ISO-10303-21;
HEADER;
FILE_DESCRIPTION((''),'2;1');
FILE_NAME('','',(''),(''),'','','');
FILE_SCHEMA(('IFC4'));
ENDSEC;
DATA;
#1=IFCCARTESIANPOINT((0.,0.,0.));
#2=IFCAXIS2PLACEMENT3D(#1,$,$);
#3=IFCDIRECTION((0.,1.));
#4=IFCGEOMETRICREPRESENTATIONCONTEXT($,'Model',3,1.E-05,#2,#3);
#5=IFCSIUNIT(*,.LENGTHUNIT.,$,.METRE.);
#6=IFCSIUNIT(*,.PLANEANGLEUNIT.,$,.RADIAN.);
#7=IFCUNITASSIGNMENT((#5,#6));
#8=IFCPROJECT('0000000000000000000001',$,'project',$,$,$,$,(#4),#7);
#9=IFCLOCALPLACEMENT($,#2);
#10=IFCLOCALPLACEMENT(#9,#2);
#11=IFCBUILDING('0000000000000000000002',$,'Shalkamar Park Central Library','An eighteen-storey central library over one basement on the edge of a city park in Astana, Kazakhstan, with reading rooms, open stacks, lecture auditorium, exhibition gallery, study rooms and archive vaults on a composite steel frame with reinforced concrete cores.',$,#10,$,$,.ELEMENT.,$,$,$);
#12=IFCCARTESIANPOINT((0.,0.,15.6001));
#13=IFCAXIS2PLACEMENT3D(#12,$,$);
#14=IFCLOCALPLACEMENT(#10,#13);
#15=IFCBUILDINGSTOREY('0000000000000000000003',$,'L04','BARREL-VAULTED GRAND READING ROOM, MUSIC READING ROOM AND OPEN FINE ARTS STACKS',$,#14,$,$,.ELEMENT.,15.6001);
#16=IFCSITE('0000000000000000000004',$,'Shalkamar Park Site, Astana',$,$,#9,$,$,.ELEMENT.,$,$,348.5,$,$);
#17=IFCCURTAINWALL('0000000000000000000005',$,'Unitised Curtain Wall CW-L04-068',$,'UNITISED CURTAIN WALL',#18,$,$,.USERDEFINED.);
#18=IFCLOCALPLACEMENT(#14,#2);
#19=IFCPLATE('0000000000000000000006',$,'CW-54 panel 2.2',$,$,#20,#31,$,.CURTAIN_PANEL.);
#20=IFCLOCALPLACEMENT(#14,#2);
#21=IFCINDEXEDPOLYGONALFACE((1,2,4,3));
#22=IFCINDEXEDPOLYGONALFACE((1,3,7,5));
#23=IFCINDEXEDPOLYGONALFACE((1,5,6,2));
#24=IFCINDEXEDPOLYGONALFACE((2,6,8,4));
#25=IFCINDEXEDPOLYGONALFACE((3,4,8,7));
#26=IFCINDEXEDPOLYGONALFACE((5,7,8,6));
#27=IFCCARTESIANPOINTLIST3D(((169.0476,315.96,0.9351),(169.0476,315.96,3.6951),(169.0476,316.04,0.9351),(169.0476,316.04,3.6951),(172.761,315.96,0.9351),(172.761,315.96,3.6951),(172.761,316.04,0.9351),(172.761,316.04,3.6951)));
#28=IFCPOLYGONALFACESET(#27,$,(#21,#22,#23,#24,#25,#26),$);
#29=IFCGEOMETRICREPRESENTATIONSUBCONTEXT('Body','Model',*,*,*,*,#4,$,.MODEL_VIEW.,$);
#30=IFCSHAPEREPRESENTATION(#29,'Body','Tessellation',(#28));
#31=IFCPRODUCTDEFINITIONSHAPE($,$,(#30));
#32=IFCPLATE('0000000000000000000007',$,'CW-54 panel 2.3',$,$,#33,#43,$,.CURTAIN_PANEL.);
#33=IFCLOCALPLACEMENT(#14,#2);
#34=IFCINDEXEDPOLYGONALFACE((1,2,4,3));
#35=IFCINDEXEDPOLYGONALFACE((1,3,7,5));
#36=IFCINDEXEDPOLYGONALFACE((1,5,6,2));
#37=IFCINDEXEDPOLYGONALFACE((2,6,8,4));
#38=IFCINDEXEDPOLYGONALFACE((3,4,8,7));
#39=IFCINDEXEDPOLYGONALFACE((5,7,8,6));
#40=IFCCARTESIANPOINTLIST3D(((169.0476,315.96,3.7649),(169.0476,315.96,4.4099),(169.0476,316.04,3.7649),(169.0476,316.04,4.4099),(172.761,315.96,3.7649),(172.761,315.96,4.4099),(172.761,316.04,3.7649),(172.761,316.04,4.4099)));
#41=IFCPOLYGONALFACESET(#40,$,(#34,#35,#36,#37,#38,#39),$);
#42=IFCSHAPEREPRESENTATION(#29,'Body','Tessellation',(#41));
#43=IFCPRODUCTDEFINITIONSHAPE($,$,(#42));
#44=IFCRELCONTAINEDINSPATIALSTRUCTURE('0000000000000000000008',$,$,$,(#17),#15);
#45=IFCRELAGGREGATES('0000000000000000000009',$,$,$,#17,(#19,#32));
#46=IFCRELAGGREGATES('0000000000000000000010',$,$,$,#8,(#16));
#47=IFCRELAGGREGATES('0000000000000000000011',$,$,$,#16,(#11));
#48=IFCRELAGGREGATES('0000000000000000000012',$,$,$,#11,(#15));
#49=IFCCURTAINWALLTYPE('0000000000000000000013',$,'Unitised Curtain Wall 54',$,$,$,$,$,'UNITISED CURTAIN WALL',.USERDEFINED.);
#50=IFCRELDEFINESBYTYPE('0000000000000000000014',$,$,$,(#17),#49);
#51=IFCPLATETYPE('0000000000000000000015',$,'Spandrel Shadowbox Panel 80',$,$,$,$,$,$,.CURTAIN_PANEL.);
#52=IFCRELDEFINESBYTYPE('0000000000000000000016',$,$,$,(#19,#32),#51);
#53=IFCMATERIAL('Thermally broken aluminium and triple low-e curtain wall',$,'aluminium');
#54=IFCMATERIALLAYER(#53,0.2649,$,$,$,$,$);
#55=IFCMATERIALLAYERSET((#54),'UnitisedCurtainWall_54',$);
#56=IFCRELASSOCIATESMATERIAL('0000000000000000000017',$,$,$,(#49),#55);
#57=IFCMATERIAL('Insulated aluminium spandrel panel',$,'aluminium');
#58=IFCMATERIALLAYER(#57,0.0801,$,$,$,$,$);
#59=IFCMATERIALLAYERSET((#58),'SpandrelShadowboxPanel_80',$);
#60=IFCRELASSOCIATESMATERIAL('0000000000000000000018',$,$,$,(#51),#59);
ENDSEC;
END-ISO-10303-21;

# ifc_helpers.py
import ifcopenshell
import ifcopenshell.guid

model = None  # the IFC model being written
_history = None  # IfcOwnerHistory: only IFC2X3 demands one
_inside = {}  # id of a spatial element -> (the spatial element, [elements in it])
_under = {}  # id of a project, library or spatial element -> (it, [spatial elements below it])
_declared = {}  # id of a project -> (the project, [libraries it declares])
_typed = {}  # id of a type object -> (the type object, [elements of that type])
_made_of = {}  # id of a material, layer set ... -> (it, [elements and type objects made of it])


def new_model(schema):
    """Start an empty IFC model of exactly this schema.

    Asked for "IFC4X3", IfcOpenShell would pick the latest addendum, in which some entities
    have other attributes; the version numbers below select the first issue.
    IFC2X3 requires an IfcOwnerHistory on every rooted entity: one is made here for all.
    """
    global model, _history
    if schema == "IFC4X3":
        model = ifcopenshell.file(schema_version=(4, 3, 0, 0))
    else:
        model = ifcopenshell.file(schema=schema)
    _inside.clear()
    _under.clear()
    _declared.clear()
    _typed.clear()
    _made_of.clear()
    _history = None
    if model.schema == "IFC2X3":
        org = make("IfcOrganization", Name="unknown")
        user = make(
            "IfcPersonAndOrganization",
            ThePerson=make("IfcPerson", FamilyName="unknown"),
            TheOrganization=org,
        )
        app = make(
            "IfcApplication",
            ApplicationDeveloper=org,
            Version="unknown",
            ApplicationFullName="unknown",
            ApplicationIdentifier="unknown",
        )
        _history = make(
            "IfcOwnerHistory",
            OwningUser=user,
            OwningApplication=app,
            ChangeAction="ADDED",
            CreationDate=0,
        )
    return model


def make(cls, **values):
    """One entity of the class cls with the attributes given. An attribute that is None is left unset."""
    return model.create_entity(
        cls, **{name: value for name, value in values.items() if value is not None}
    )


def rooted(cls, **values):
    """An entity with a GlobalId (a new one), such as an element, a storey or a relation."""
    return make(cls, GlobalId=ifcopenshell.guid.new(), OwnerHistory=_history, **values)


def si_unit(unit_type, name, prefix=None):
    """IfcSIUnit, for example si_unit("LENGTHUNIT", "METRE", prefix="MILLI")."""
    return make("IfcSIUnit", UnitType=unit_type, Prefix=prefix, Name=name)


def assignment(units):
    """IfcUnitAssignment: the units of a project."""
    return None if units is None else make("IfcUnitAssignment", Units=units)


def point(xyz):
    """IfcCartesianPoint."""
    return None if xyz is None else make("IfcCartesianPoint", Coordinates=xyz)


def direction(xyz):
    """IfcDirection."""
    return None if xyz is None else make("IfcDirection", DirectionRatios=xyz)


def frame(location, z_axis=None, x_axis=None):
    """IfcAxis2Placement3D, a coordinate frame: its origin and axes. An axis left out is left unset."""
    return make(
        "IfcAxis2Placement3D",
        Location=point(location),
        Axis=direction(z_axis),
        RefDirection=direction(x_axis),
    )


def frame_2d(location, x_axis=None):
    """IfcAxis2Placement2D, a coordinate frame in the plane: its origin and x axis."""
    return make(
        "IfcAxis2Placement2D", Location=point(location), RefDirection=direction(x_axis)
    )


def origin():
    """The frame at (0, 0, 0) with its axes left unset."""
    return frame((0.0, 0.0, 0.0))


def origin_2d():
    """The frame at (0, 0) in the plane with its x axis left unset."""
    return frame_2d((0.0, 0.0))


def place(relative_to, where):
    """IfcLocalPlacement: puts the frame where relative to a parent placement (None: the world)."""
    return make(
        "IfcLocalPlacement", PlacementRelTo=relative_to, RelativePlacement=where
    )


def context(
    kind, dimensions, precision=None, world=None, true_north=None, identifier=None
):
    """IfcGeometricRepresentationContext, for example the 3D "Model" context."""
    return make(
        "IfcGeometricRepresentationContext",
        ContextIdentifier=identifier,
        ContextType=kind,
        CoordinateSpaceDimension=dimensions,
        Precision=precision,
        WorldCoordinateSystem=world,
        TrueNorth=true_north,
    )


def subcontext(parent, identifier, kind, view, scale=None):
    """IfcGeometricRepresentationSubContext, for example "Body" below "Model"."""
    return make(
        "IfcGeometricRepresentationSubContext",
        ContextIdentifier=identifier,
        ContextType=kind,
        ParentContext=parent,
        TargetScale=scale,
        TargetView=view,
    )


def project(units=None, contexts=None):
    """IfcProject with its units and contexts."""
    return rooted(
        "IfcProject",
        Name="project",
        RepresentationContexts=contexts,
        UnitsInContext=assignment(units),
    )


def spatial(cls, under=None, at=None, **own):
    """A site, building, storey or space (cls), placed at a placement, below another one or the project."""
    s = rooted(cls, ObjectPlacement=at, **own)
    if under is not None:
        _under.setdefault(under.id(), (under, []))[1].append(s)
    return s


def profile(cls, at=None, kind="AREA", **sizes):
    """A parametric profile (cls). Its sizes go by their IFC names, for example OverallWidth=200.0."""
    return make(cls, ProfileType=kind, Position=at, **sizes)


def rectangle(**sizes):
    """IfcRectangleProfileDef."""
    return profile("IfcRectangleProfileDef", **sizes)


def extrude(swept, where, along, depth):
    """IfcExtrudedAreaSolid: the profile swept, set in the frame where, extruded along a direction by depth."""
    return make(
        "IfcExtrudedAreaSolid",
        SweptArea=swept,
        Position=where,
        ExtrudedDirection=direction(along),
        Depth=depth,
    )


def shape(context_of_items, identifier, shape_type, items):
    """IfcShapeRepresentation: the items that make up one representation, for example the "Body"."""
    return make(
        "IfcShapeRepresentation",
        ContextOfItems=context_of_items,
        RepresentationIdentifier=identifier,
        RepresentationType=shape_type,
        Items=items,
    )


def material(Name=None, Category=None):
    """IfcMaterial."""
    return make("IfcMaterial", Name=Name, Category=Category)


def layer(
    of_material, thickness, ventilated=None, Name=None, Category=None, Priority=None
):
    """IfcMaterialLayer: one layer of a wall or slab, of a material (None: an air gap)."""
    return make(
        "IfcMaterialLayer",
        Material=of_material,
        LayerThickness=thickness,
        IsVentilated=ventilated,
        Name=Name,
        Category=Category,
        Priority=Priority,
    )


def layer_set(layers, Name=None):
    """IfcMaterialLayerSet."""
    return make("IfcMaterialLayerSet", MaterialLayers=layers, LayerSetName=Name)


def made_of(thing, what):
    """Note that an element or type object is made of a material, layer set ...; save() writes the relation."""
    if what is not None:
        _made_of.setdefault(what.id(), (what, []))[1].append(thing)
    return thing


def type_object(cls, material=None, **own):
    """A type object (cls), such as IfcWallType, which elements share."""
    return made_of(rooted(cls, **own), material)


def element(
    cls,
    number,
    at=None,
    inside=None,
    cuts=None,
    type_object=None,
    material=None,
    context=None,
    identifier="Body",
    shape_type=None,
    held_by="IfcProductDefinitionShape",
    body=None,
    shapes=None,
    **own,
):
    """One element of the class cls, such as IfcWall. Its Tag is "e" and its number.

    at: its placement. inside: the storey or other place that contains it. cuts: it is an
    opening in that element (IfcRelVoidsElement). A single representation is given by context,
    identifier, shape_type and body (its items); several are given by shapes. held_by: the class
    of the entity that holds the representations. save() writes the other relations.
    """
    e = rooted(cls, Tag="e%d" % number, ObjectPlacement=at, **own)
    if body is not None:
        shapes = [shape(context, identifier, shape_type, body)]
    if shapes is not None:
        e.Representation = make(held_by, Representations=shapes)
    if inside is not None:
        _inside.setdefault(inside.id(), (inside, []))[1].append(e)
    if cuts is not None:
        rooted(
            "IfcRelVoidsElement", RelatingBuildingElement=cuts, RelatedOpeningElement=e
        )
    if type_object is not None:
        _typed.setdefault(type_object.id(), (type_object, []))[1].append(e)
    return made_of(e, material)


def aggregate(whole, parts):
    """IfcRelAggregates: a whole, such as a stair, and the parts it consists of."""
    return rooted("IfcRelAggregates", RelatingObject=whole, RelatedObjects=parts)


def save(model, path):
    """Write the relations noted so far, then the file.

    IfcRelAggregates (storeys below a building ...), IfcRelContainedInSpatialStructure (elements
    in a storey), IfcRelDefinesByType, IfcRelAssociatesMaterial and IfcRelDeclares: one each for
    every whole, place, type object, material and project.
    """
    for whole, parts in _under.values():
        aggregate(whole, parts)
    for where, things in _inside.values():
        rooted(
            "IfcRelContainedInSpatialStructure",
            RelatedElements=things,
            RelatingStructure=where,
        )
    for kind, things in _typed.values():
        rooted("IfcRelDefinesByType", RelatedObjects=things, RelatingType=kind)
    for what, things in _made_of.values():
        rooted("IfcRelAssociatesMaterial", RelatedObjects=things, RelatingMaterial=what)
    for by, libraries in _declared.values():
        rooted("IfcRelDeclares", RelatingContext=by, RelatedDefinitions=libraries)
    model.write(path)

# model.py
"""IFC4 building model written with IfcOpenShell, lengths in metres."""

from ifc_helpers import new_model, si_unit, direction, frame, origin, origin_2d, place, context, subcontext, project, spatial, rectangle, extrude, material, layer, layer_set, type_object, element, aggregate, save


model = new_model("IFC4")

# Units and contexts
model_context = context("Model", 3, precision=1e-05, world=origin(), true_north=direction((0.0, 1.0)))
body_context = subcontext(model_context, "Body", "Model", "MODEL_VIEW")
ifc_project = project(units=[si_unit("LENGTHUNIT", "METRE"), si_unit("PLANEANGLEUNIT", "RADIAN")], contexts=[model_context])

# Site, building, storey
site_placement = place(None, origin())
site = spatial("IfcSite", under=ifc_project, at=site_placement, Name="Shalkamar Park Site, Astana", CompositionType="ELEMENT", RefElevation=348.5)
building_placement = place(site_placement, origin())
building = spatial("IfcBuilding", under=site, at=building_placement, Name="Shalkamar Park Central Library", Description="An eighteen-storey central library over one basement on the edge of a city park in Astana, Kazakhstan, with reading rooms, open stacks, lecture auditorium, exhibition gallery, study rooms and archive vaults on a composite steel frame with reinforced concrete cores.", CompositionType="ELEMENT")
storey_placement = place(building_placement, frame((0.0, 0.0, 15.6001)))
storey = spatial("IfcBuildingStorey", under=building, at=storey_placement, Name="L04", Description="BARREL-VAULTED GRAND READING ROOM, MUSIC READING ROOM AND OPEN FINE ARTS STACKS", CompositionType="ELEMENT", Elevation=15.6001)

# Curtain wall
ifc_material_1 = material(Name="Thermally broken aluminium and triple low-e curtain wall", Category="aluminium")
ifc_layer_1 = layer(ifc_material_1, 0.2649)
ifc_layer_set_1 = layer_set([ifc_layer_1], Name="UnitisedCurtainWall_54")
curtain_wall_type_1 = type_object("IfcCurtainWallType", Name="Unitised Curtain Wall 54", ElementType="UNITISED CURTAIN WALL", PredefinedType="USERDEFINED", material=ifc_layer_set_1)
curtain_wall_1_placement = place(storey_placement, origin())
curtain_wall_1 = element("IfcCurtainWall", 1, at=curtain_wall_1_placement, inside=storey, type_object=curtain_wall_type_1, Name="Unitised Curtain Wall CW-L04-068", ObjectType="UNITISED CURTAIN WALL", PredefinedType="USERDEFINED")

# Plates
ifc_material_2 = material(Name="Insulated aluminium spandrel panel", Category="aluminium")
ifc_layer_2 = layer(ifc_material_2, 0.0801)
ifc_layer_set_2 = layer_set([ifc_layer_2], Name="SpandrelShadowboxPanel_80")
plate_type_1 = type_object("IfcPlateType", Name="Spandrel Shadowbox Panel 80", PredefinedType="CURTAIN_PANEL", material=ifc_layer_set_2)
plate_1_placement = place(storey_placement, frame((170.9043, 316.0, 0.9351), z_axis=(0.0, 0.0, 1.0), x_axis=(1.0, 0.0, 0.0)))
plate_1 = element("IfcPlate", 2, at=plate_1_placement, type_object=plate_type_1, Name="CW-54 panel 2.2", PredefinedType="CURTAIN_PANEL", context=body_context, shape_type="SweptSolid", body=[
    extrude(rectangle(XDim=3.7134, YDim=0.0801, at=origin_2d()), origin(), (0.0, 0.0, 1.0), 2.76),
])
plate_2_placement = place(storey_placement, frame((170.9043, 316.0, 3.7649), z_axis=(0.0, 0.0, 1.0), x_axis=(1.0, 0.0, 0.0)))
plate_2 = element("IfcPlate", 3, at=plate_2_placement, type_object=plate_type_1, Name="CW-54 panel 2.3", PredefinedType="CURTAIN_PANEL", context=body_context, shape_type="SweptSolid", body=[
    extrude(rectangle(XDim=3.7134, YDim=0.0801, at=origin_2d()), origin(), (0.0, 0.0, 1.0), 0.645),
])
aggregate(curtain_wall_1, [plate_1, plate_2])

save(model, "model.ifc")
